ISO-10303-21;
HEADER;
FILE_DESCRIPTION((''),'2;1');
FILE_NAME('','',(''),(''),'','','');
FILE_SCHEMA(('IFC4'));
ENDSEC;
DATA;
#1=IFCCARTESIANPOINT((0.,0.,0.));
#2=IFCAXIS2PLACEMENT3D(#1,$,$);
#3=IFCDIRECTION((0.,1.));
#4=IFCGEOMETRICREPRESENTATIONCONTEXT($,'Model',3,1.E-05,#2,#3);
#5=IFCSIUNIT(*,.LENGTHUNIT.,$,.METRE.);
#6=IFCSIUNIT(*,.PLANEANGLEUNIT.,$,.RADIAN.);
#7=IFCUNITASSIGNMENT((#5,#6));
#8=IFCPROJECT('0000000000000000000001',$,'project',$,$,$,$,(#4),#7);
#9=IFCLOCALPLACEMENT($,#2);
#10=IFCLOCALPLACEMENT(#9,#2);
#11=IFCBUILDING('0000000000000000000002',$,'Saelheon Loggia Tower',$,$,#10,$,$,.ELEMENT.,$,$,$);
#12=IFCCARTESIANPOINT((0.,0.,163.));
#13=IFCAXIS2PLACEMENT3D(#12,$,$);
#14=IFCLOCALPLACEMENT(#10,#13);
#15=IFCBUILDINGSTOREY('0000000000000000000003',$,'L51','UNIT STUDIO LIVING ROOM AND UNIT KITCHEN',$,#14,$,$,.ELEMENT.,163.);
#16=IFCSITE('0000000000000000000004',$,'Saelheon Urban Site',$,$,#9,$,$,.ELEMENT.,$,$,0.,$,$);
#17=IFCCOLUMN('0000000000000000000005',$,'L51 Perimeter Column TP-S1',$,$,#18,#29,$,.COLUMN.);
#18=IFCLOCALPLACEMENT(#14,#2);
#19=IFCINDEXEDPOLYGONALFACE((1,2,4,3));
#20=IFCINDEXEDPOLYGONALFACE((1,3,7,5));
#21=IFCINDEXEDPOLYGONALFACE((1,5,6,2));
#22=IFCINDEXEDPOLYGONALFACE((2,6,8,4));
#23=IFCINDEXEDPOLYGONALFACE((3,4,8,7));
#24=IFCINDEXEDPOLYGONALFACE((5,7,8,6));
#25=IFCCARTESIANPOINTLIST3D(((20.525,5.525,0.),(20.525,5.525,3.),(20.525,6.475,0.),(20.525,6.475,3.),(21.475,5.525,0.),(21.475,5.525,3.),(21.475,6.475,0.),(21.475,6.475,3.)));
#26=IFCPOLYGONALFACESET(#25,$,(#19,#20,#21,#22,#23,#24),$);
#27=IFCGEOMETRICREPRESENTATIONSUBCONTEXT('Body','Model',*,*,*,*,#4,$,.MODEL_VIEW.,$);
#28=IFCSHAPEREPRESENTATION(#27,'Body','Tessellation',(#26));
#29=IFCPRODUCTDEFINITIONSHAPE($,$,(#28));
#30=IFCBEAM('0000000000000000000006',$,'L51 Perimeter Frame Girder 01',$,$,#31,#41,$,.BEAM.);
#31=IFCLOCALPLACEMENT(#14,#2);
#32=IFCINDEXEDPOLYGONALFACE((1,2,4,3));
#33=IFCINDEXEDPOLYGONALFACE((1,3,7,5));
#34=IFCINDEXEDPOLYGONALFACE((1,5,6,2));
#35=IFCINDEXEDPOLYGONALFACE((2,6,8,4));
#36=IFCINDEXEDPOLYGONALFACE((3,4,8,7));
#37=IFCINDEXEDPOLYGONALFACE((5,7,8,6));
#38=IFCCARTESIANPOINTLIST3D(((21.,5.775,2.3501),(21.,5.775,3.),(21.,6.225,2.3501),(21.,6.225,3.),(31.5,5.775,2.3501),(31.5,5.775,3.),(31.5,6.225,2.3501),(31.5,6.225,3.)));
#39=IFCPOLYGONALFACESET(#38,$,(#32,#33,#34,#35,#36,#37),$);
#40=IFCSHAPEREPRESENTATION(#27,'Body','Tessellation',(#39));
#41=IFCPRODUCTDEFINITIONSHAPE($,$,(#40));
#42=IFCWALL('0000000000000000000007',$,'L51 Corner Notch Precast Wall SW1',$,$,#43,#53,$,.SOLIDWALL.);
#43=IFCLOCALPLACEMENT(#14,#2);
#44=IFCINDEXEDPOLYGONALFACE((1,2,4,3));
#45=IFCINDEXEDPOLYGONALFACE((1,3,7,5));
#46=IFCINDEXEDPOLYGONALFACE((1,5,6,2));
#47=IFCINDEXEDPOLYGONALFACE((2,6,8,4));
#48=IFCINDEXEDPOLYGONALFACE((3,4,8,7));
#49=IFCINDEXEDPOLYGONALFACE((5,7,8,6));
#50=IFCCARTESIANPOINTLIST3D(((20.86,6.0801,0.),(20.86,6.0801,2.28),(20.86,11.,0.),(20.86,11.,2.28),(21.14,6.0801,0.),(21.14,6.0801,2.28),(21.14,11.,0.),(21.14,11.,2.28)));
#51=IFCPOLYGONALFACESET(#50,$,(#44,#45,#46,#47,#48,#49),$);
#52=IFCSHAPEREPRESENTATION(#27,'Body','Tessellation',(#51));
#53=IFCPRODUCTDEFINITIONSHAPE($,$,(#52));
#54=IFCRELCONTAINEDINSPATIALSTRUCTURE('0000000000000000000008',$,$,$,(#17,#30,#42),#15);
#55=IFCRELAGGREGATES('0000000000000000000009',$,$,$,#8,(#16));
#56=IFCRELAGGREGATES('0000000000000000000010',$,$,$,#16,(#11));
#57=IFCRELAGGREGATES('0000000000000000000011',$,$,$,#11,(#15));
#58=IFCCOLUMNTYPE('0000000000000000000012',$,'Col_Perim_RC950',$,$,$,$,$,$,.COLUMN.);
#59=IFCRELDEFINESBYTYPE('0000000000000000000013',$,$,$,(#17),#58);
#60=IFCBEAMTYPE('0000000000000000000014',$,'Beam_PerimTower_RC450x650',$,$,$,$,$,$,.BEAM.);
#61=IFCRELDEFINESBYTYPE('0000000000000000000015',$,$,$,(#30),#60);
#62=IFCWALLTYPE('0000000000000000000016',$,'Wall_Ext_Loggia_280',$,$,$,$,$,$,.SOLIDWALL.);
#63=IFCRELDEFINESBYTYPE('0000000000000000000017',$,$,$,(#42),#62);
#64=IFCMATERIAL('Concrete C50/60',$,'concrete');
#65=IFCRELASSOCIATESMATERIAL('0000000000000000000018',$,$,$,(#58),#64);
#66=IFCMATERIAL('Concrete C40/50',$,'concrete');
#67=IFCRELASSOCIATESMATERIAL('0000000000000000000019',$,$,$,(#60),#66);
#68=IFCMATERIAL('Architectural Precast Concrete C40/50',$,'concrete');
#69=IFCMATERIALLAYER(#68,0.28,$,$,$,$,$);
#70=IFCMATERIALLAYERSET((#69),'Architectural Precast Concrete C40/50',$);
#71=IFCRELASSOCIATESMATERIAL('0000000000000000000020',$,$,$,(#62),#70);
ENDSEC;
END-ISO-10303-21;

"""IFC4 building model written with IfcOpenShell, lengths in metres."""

from ifc_helpers import new_model, si_unit, direction, frame, frame_2d, origin, origin_2d, place, context, subcontext, project, spatial, rectangle, extrude, source, transform, mapped, material, layer, layer_set, material_profile, profile_set, type_object, element, save


model = new_model("IFC4")

# Units and contexts
model_context = context("Model", 3, precision=1e-05, world=origin(), true_north=direction((0.0, 1.0)))
body_context = subcontext(model_context, "Body", "Model", "MODEL_VIEW")
ifc_project = project(units=[si_unit("LENGTHUNIT", "METRE"), si_unit("PLANEANGLEUNIT", "RADIAN")], contexts=[model_context])

# Site, building, storey
site_placement = place(None, origin())
site = spatial("IfcSite", under=ifc_project, at=site_placement, Name="Saelheon Urban Site", CompositionType="ELEMENT", RefElevation=0.0)
building_placement = place(site_placement, origin())
building = spatial("IfcBuilding", under=site, at=building_placement, Name="Saelheon Loggia Tower", CompositionType="ELEMENT")
storey_placement = place(building_placement, frame((0.0, 0.0, 163.0)))
storey = spatial("IfcBuildingStorey", under=building, at=storey_placement, Name="L51", Description="UNIT STUDIO LIVING ROOM AND UNIT KITCHEN", CompositionType="ELEMENT", Elevation=163.0)

# Column
ifc_material_1 = material(Name="Concrete C50/60", Category="concrete")
ifc_material_profile_1 = material_profile(ifc_material_1, rectangle(XDim=0.95, YDim=0.95, at=origin_2d()), Name="RC-950x950")
ifc_profile_set_1 = profile_set([ifc_material_profile_1], Name="Concrete C50/60")
column_type = type_object("IfcColumnType", Name="Col_Perim_RC950", PredefinedType="COLUMN", material=ifc_profile_set_1)
shared_shape_1 = source(origin(), body_context, "Body", "SweptSolid", [
    extrude(rectangle(XDim=0.95, YDim=0.95, at=origin_2d()), origin(), (0.0, 0.0, 1.0), 3.0),
])
column_placement = place(storey_placement, frame((21.0, 6.0, 0.0), z_axis=(0.0, 0.0, 1.0), x_axis=(1.0, 0.0, 0.0)))
element("IfcColumn", 1, at=column_placement, inside=storey, type_object=column_type, Name="L51 Perimeter Column TP-S1", PredefinedType="COLUMN", context=body_context, shape_type="MappedRepresentation", body=[
    mapped(shared_shape_1, transform((0.0, 0.0, 0.0), scale=1.0)),
])

# Beam
ifc_material_2 = material(Name="Concrete C40/50", Category="concrete")
ifc_material_profile_2 = material_profile(ifc_material_2, rectangle(XDim=0.45, YDim=0.6499, at=origin_2d()), Name="RC-450x650")
ifc_profile_set_2 = profile_set([ifc_material_profile_2], Name="Concrete C40/50")
beam_type = type_object("IfcBeamType", Name="Beam_PerimTower_RC450x650", PredefinedType="BEAM", material=ifc_profile_set_2)
shared_shape_2 = source(origin(), body_context, "Body", "SweptSolid", [
    extrude(rectangle(XDim=0.45, YDim=0.6499, at=origin_2d()), origin(), (0.0, 0.0, 1.0), 10.5),
])
beam_placement = place(storey_placement, frame((21.0, 6.0, 2.675), z_axis=(1.0, 0.0, 0.0), x_axis=(0.0, 1.0, 0.0)))
element("IfcBeam", 2, at=beam_placement, inside=storey, type_object=beam_type, Name="L51 Perimeter Frame Girder 01", PredefinedType="BEAM", context=body_context, shape_type="MappedRepresentation", body=[
    mapped(shared_shape_2, transform((0.0, 0.0, 0.0), scale=1.0)),
])

# Shared definitions
ifc_material_3 = material(Name="Architectural Precast Concrete C40/50", Category="concrete")
ifc_layer = layer(ifc_material_3, 0.28)
ifc_layer_set = layer_set([ifc_layer], Name="Architectural Precast Concrete C40/50")
wall_type = type_object("IfcWallType", Name="Wall_Ext_Loggia_280", PredefinedType="SOLIDWALL", material=ifc_layer_set)

# Wall
wall_1_placement = place(storey_placement, frame((21.0, 6.0801, 0.0), z_axis=(0.0, 0.0, 1.0), x_axis=(0.0, 1.0, 0.0)))
element("IfcWall", 3, at=wall_1_placement, inside=storey, type_object=wall_type, Name="L51 Corner Notch Precast Wall SW1", PredefinedType="SOLIDWALL", context=body_context, shape_type="SweptSolid", body=[
    extrude(rectangle(XDim=4.9199, YDim=0.28, at=frame_2d((2.46, 0.0))), origin(), (0.0, 0.0, 1.0), 2.28),
])

save(model, "model.ifc")
